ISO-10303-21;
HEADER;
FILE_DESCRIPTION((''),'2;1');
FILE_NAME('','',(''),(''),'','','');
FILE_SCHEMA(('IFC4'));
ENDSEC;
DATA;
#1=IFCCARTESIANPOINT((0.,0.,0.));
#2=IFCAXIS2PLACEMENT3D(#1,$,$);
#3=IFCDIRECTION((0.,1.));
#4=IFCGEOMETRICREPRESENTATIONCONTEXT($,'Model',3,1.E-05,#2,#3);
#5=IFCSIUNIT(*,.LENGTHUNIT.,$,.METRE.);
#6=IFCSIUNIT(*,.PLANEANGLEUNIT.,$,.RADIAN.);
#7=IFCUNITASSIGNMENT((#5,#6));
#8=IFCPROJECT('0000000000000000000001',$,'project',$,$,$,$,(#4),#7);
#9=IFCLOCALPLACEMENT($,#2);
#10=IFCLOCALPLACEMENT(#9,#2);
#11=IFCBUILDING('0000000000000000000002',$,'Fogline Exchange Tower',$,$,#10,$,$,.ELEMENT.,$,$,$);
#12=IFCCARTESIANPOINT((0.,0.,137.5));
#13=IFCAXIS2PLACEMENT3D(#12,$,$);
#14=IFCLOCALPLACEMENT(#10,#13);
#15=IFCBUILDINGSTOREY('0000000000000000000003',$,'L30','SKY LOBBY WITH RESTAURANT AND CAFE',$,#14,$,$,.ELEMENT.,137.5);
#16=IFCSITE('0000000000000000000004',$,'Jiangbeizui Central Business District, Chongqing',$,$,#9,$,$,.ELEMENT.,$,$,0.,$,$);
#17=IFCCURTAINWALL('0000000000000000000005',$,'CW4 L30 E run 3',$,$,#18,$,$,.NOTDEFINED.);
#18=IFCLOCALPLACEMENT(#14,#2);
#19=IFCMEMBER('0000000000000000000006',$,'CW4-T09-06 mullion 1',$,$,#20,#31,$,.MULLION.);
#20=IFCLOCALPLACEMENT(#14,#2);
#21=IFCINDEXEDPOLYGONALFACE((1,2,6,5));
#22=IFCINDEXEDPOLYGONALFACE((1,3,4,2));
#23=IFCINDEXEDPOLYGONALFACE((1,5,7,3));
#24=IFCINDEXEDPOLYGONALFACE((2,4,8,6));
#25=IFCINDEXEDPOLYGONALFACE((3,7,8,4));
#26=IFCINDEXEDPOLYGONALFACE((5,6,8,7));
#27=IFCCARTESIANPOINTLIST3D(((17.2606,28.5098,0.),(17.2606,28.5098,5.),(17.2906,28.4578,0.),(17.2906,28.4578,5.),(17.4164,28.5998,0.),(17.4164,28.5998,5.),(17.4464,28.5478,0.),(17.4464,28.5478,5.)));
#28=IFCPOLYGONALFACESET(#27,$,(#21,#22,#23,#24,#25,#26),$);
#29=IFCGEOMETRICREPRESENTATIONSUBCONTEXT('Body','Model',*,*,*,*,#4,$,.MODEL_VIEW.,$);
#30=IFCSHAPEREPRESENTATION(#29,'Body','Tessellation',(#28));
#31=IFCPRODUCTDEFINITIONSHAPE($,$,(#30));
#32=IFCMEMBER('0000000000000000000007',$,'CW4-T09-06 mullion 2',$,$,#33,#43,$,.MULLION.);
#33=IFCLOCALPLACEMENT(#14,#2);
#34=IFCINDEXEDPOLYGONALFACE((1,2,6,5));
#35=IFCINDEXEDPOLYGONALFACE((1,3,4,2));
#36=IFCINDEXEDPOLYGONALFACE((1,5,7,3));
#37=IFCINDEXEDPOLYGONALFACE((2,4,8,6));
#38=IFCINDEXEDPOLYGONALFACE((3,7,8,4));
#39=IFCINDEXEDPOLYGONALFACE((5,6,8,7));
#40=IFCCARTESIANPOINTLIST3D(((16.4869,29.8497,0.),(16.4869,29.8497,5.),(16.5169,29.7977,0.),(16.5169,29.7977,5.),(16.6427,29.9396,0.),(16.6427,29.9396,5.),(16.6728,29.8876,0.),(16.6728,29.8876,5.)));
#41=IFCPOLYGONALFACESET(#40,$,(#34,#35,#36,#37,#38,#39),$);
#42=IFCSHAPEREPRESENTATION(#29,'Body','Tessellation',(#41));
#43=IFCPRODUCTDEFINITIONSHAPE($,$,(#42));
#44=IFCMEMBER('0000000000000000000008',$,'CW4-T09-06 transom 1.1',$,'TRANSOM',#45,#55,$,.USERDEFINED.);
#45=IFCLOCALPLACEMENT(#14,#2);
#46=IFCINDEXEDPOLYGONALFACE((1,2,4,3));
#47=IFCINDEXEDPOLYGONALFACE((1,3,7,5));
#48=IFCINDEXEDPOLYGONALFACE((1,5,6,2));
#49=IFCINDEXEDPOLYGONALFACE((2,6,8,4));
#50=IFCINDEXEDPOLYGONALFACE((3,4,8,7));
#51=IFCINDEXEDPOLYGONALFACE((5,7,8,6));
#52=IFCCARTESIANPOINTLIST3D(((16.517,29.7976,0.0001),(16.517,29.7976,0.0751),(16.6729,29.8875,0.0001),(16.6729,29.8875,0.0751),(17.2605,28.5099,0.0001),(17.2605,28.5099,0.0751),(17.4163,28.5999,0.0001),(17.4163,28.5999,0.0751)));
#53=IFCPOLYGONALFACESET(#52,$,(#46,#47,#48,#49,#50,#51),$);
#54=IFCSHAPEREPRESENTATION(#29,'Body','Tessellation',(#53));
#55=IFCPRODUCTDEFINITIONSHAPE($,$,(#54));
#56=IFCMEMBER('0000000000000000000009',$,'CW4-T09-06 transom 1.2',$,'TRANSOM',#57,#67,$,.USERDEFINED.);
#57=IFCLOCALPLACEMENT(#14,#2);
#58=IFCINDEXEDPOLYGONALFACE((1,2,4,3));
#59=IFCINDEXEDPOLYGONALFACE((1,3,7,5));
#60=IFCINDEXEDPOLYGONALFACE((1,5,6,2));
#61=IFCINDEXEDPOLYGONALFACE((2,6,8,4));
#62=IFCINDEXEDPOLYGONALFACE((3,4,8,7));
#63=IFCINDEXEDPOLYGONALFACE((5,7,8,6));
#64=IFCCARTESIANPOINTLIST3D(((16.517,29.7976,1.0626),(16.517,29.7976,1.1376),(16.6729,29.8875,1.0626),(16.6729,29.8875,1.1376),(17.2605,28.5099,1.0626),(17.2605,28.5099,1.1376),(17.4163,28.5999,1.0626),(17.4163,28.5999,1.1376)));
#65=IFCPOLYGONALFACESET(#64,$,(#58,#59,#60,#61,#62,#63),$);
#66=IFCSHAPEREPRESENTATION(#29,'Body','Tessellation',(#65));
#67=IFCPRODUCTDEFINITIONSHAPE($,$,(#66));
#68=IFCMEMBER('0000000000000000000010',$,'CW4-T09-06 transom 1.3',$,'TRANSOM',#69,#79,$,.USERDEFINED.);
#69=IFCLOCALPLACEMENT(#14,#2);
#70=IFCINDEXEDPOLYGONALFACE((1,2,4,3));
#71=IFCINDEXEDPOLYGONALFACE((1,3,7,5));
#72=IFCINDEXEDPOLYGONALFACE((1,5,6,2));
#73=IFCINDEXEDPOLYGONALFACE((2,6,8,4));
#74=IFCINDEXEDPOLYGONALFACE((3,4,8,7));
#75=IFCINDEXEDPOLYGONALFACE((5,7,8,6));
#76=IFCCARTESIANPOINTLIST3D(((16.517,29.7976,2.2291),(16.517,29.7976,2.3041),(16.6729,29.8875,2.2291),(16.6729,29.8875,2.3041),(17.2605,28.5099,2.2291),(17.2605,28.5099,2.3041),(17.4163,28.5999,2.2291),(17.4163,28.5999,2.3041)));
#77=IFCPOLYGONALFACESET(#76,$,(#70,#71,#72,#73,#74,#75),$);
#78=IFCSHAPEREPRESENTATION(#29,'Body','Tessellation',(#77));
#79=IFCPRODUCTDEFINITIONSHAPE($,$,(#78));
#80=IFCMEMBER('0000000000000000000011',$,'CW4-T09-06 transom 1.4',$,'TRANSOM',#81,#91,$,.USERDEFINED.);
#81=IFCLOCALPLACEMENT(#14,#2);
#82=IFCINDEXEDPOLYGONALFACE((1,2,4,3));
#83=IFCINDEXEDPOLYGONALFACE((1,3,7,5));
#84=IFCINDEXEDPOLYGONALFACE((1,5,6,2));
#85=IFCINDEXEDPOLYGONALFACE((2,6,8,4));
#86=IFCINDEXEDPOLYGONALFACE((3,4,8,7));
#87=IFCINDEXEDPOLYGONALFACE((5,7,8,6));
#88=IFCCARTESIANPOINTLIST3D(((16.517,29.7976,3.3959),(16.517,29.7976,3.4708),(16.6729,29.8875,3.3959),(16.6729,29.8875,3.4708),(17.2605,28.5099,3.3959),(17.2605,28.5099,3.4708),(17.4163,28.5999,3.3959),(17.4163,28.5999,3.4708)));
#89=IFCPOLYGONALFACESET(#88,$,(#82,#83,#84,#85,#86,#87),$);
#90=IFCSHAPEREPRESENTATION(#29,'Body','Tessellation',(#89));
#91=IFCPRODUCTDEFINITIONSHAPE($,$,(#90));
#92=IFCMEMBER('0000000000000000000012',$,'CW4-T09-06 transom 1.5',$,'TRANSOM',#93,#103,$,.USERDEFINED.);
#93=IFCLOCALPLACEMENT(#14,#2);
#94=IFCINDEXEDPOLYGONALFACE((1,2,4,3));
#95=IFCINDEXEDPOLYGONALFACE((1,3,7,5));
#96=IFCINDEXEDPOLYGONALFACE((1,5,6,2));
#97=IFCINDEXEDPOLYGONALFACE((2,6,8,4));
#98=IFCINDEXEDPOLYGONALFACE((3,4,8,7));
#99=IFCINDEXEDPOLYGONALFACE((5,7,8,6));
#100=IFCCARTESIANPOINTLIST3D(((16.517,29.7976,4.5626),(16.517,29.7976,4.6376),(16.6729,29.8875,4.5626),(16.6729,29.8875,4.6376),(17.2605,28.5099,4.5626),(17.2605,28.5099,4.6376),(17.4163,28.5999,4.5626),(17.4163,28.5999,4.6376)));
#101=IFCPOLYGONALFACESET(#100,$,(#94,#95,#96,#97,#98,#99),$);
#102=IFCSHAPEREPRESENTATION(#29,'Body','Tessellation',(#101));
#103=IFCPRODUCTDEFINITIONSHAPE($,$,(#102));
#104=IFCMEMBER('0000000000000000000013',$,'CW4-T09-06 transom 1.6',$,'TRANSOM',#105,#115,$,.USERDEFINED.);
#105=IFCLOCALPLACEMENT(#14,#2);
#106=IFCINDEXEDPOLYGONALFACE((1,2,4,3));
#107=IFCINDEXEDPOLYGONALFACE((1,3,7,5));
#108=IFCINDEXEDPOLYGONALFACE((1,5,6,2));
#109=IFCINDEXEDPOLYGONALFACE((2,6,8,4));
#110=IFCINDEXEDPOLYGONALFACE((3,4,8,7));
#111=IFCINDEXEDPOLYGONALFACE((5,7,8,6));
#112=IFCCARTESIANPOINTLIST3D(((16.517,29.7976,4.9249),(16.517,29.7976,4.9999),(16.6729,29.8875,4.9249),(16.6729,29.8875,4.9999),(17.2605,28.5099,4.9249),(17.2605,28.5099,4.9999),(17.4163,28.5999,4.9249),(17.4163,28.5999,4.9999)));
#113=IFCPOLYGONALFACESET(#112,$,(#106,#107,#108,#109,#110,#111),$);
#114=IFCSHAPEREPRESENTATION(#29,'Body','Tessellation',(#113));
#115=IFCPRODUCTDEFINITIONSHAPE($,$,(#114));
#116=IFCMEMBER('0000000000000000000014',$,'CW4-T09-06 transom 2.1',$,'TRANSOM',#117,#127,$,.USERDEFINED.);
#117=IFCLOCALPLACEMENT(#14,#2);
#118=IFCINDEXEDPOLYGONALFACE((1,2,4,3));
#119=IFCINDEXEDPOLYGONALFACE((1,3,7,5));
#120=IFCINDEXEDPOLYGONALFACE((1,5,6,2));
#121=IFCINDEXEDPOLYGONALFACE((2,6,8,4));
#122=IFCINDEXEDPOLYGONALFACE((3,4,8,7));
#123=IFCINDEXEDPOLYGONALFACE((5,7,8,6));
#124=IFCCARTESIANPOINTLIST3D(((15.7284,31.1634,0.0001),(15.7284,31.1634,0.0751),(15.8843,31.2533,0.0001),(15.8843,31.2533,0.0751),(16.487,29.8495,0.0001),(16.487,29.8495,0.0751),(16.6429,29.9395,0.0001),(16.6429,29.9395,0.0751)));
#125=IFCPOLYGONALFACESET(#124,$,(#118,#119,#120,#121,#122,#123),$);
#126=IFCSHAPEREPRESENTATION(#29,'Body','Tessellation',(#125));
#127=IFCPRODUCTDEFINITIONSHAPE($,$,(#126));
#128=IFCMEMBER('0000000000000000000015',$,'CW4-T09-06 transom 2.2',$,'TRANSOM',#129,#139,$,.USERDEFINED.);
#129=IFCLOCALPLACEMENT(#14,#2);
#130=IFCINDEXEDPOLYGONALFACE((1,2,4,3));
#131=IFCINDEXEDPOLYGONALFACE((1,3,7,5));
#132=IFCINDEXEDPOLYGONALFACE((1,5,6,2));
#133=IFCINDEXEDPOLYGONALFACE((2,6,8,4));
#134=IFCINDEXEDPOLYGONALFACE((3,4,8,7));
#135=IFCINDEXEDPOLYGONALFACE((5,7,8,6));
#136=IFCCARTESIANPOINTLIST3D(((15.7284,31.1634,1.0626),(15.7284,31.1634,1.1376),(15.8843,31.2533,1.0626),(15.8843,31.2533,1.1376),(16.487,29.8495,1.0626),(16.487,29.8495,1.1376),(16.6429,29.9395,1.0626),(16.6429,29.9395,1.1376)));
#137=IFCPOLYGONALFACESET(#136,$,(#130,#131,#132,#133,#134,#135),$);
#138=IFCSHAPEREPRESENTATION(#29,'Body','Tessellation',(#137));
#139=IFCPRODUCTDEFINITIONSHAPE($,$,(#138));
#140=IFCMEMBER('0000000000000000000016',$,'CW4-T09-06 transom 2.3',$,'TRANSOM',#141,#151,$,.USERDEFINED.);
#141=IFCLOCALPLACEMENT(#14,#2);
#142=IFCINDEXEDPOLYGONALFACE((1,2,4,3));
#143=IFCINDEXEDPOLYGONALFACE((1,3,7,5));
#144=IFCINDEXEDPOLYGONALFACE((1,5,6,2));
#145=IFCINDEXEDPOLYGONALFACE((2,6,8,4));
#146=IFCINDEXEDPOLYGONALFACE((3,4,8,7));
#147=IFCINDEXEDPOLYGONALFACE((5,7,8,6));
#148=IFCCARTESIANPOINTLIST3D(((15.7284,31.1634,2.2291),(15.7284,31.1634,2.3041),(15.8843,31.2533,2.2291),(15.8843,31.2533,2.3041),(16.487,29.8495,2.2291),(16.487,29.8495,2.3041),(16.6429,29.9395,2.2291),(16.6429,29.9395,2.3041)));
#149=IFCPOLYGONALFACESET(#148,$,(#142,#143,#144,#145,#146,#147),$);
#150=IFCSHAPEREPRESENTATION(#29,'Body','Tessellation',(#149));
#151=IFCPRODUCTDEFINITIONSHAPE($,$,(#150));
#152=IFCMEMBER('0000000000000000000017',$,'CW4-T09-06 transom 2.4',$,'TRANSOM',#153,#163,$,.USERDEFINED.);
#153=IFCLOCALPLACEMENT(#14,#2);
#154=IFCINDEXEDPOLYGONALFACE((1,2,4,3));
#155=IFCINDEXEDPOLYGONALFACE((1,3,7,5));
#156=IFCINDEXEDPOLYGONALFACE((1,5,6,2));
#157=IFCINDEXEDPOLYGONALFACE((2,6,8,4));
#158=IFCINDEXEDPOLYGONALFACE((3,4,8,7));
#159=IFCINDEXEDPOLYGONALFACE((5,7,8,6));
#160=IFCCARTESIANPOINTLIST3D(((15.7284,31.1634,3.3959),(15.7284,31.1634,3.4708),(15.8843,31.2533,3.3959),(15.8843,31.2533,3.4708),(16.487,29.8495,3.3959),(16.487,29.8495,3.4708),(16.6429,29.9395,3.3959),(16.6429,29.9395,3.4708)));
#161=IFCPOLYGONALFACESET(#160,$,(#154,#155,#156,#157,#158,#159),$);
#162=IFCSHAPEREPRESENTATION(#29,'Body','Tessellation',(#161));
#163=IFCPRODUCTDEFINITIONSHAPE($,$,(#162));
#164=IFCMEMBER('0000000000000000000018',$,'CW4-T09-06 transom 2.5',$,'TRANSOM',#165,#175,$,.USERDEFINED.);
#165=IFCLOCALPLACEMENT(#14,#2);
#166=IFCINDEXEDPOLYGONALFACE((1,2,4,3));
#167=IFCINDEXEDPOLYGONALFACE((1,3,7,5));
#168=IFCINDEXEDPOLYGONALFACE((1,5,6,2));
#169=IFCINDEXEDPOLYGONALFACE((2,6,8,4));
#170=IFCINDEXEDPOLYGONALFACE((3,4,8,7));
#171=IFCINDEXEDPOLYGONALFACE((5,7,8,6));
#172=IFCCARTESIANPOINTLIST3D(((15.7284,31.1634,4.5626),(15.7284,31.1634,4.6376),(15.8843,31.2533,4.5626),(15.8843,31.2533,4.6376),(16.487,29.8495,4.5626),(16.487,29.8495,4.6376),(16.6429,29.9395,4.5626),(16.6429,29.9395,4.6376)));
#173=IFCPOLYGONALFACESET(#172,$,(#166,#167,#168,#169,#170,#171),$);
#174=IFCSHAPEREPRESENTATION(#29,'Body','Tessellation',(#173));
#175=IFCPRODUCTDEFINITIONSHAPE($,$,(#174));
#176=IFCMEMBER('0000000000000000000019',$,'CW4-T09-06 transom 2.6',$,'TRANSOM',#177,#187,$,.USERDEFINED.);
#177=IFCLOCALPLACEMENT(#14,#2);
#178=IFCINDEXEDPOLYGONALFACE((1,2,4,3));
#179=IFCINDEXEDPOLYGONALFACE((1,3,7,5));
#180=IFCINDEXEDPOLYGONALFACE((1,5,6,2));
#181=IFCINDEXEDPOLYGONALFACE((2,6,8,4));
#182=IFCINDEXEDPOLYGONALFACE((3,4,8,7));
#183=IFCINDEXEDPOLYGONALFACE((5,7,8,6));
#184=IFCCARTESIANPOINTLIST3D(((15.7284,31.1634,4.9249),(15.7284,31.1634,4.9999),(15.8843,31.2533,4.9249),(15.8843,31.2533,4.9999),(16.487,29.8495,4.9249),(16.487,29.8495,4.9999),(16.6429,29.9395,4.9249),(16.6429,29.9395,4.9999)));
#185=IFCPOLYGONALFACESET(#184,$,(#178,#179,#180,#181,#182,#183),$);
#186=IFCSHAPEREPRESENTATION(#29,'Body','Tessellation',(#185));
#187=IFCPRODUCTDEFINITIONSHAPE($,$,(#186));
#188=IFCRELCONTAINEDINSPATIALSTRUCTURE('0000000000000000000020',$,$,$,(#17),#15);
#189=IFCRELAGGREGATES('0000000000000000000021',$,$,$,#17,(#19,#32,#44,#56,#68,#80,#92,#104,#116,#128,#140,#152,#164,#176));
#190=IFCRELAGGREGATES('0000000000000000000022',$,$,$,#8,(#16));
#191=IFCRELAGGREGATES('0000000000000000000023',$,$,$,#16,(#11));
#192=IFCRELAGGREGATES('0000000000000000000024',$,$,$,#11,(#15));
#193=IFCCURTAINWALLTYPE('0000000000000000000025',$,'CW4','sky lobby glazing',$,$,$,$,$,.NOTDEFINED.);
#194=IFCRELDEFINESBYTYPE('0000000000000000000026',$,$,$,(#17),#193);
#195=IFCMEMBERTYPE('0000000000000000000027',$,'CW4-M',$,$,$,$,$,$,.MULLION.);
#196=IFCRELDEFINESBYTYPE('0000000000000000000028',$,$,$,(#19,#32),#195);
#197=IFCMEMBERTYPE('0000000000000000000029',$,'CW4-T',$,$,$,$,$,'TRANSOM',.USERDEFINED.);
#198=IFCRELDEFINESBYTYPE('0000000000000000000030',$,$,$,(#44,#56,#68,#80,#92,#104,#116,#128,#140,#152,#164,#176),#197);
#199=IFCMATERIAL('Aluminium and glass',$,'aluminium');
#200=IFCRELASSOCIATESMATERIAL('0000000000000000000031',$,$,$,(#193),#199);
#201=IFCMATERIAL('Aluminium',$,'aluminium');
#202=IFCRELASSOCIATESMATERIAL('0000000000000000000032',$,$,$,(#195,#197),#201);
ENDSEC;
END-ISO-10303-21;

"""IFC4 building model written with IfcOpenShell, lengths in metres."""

from ifc_helpers import new_model, si_unit, direction, frame, origin, origin_2d, place, context, subcontext, project, spatial, rectangle, extrude, material, material_profile, profile_set, type_object, element, aggregate, save


model = new_model("IFC4")

# Units and contexts
model_context = context("Model", 3, precision=1e-05, world=origin(), true_north=direction((0.0, 1.0)))
body_context = subcontext(model_context, "Body", "Model", "MODEL_VIEW")
ifc_project = project(units=[si_unit("LENGTHUNIT", "METRE"), si_unit("PLANEANGLEUNIT", "RADIAN")], contexts=[model_context])

# Site, building, storey
site_placement = place(None, origin())
site = spatial("IfcSite", under=ifc_project, at=site_placement, Name="Jiangbeizui Central Business District, Chongqing", CompositionType="ELEMENT", RefElevation=0.0)
building_placement = place(site_placement, origin())
building = spatial("IfcBuilding", under=site, at=building_placement, Name="Fogline Exchange Tower", CompositionType="ELEMENT")
storey_placement = place(building_placement, frame((0.0, 0.0, 137.5)))
storey = spatial("IfcBuildingStorey", under=building, at=storey_placement, Name="L30", Description="SKY LOBBY WITH RESTAURANT AND CAFE", CompositionType="ELEMENT", Elevation=137.5)

# Curtain wall, members
ifc_material_1 = material(Name="Aluminium and glass", Category="aluminium")
curtain_wall_type = type_object("IfcCurtainWallType", Name="CW4", Description="sky lobby glazing", PredefinedType="NOTDEFINED", material=ifc_material_1)
curtain_wall_placement = place(storey_placement, origin())
curtain_wall = element("IfcCurtainWall", 1, at=curtain_wall_placement, inside=storey, type_object=curtain_wall_type, Name="CW4 L30 E run 3", PredefinedType="NOTDEFINED")
ifc_material_2 = material(Name="Aluminium", Category="aluminium")
ifc_material_profile_1 = material_profile(ifc_material_2, rectangle(XDim=0.1799, YDim=0.0601, at=origin_2d()), Name="Mullion 60x180")
ifc_profile_set_1 = profile_set([ifc_material_profile_1], Name="Aluminium")
member_type_1 = type_object("IfcMemberType", Name="CW4-M", PredefinedType="MULLION", material=ifc_profile_set_1)
member_1_placement = place(storey_placement, frame((17.3535, 28.5288, 0.0), z_axis=(0.0, 0.0, 1.0), x_axis=(-0.866025, -0.5, 0.0)))
member_1 = element("IfcMember", 2, at=member_1_placement, type_object=member_type_1, Name="CW4-T09-06 mullion 1", PredefinedType="MULLION", context=body_context, shape_type="SweptSolid", body=[
    extrude(rectangle(XDim=0.1799, YDim=0.0601, at=origin_2d()), origin(), (0.0, 0.0, 1.0), 5.0),
])
member_2_placement = place(storey_placement, frame((16.5798, 29.8687, 0.0), z_axis=(0.0, 0.0, 1.0), x_axis=(-0.866025, -0.5, 0.0)))
member_2 = element("IfcMember", 3, at=member_2_placement, type_object=member_type_1, Name="CW4-T09-06 mullion 2", PredefinedType="MULLION", context=body_context, shape_type="SweptSolid", body=[
    extrude(rectangle(XDim=0.1799, YDim=0.0601, at=origin_2d()), origin(), (0.0, 0.0, 1.0), 5.0),
])
ifc_material_profile_2 = material_profile(ifc_material_2, rectangle(XDim=0.1799, YDim=0.075, at=origin_2d()), Name="Transom 75x180")
ifc_profile_set_2 = profile_set([ifc_material_profile_2], Name="Aluminium")
member_type_2 = type_object("IfcMemberType", Name="CW4-T", ElementType="TRANSOM", PredefinedType="USERDEFINED", material=ifc_profile_set_2)
member_3_placement = place(storey_placement, frame((17.3384, 28.5549, 0.0376), z_axis=(-0.500007, 0.866022, 0.0), x_axis=(-0.866022, -0.500007, 0.0)))
member_3 = element("IfcMember", 4, at=member_3_placement, type_object=member_type_2, Name="CW4-T09-06 transom 1.1", ObjectType="TRANSOM", PredefinedType="USERDEFINED", context=body_context, shape_type="SweptSolid", body=[
    extrude(rectangle(XDim=0.1799, YDim=0.075, at=origin_2d()), origin(), (0.0, 0.0, 1.0), 1.4868),
])
member_4_placement = place(storey_placement, frame((17.3384, 28.5549, 1.1001), z_axis=(-0.500007, 0.866022, 0.0), x_axis=(-0.866022, -0.500007, 0.0)))
member_4 = element("IfcMember", 5, at=member_4_placement, type_object=member_type_2, Name="CW4-T09-06 transom 1.2", ObjectType="TRANSOM", PredefinedType="USERDEFINED", context=body_context, shape_type="SweptSolid", body=[
    extrude(rectangle(XDim=0.1799, YDim=0.075, at=origin_2d()), origin(), (0.0, 0.0, 1.0), 1.4868),
])
member_5_placement = place(storey_placement, frame((17.3384, 28.5549, 2.2666), z_axis=(-0.500007, 0.866022, 0.0), x_axis=(-0.866022, -0.500007, 0.0)))
member_5 = element("IfcMember", 6, at=member_5_placement, type_object=member_type_2, Name="CW4-T09-06 transom 1.3", ObjectType="TRANSOM", PredefinedType="USERDEFINED", context=body_context, shape_type="SweptSolid", body=[
    extrude(rectangle(XDim=0.1799, YDim=0.075, at=origin_2d()), origin(), (0.0, 0.0, 1.0), 1.4868),
])
member_6_placement = place(storey_placement, frame((17.3384, 28.5549, 3.4333), z_axis=(-0.500007, 0.866022, 0.0), x_axis=(-0.866022, -0.500007, 0.0)))
member_6 = element("IfcMember", 7, at=member_6_placement, type_object=member_type_2, Name="CW4-T09-06 transom 1.4", ObjectType="TRANSOM", PredefinedType="USERDEFINED", context=body_context, shape_type="SweptSolid", body=[
    extrude(rectangle(XDim=0.1799, YDim=0.075, at=origin_2d()), origin(), (0.0, 0.0, 1.0), 1.4868),
])
member_7_placement = place(storey_placement, frame((17.3384, 28.5549, 4.6001), z_axis=(-0.500007, 0.866022, 0.0), x_axis=(-0.866022, -0.500007, 0.0)))
member_7 = element("IfcMember", 8, at=member_7_placement, type_object=member_type_2, Name="CW4-T09-06 transom 1.5", ObjectType="TRANSOM", PredefinedType="USERDEFINED", context=body_context, shape_type="SweptSolid", body=[
    extrude(rectangle(XDim=0.1799, YDim=0.075, at=origin_2d()), origin(), (0.0, 0.0, 1.0), 1.4868),
])
member_8_placement = place(storey_placement, frame((17.3384, 28.5549, 4.9624), z_axis=(-0.500007, 0.866022, 0.0), x_axis=(-0.866022, -0.500007, 0.0)))
member_8 = element("IfcMember", 9, at=member_8_placement, type_object=member_type_2, Name="CW4-T09-06 transom 1.6", ObjectType="TRANSOM", PredefinedType="USERDEFINED", context=body_context, shape_type="SweptSolid", body=[
    extrude(rectangle(XDim=0.1799, YDim=0.075, at=origin_2d()), origin(), (0.0, 0.0, 1.0), 1.4868),
])
member_9_placement = place(storey_placement, frame((16.5649, 29.8945, 0.0376), z_axis=(-0.500034, 0.866006, 0.0), x_axis=(-0.866006, -0.500034, 0.0)))
member_9 = element("IfcMember", 10, at=member_9_placement, type_object=member_type_2, Name="CW4-T09-06 transom 2.1", ObjectType="TRANSOM", PredefinedType="USERDEFINED", context=body_context, shape_type="SweptSolid", body=[
    extrude(rectangle(XDim=0.1799, YDim=0.075, at=origin_2d()), origin(), (0.0, 0.0, 1.0), 1.5171),
])
member_10_placement = place(storey_placement, frame((16.5649, 29.8945, 1.1001), z_axis=(-0.500034, 0.866006, 0.0), x_axis=(-0.866006, -0.500034, 0.0)))
member_10 = element("IfcMember", 11, at=member_10_placement, type_object=member_type_2, Name="CW4-T09-06 transom 2.2", ObjectType="TRANSOM", PredefinedType="USERDEFINED", context=body_context, shape_type="SweptSolid", body=[
    extrude(rectangle(XDim=0.1799, YDim=0.075, at=origin_2d()), origin(), (0.0, 0.0, 1.0), 1.5171),
])
member_11_placement = place(storey_placement, frame((16.5649, 29.8945, 2.2666), z_axis=(-0.500034, 0.866006, 0.0), x_axis=(-0.866006, -0.500034, 0.0)))
member_11 = element("IfcMember", 12, at=member_11_placement, type_object=member_type_2, Name="CW4-T09-06 transom 2.3", ObjectType="TRANSOM", PredefinedType="USERDEFINED", context=body_context, shape_type="SweptSolid", body=[
    extrude(rectangle(XDim=0.1799, YDim=0.075, at=origin_2d()), origin(), (0.0, 0.0, 1.0), 1.5171),
])
member_12_placement = place(storey_placement, frame((16.5649, 29.8945, 3.4333), z_axis=(-0.500034, 0.866006, 0.0), x_axis=(-0.866006, -0.500034, 0.0)))
member_12 = element("IfcMember", 13, at=member_12_placement, type_object=member_type_2, Name="CW4-T09-06 transom 2.4", ObjectType="TRANSOM", PredefinedType="USERDEFINED", context=body_context, shape_type="SweptSolid", body=[
    extrude(rectangle(XDim=0.1799, YDim=0.075, at=origin_2d()), origin(), (0.0, 0.0, 1.0), 1.5171),
])
member_13_placement = place(storey_placement, frame((16.5649, 29.8945, 4.6001), z_axis=(-0.500034, 0.866006, 0.0), x_axis=(-0.866006, -0.500034, 0.0)))
member_13 = element("IfcMember", 14, at=member_13_placement, type_object=member_type_2, Name="CW4-T09-06 transom 2.5", ObjectType="TRANSOM", PredefinedType="USERDEFINED", context=body_context, shape_type="SweptSolid", body=[
    extrude(rectangle(XDim=0.1799, YDim=0.075, at=origin_2d()), origin(), (0.0, 0.0, 1.0), 1.5171),
])
member_14_placement = place(storey_placement, frame((16.5649, 29.8945, 4.9624), z_axis=(-0.500034, 0.866006, 0.0), x_axis=(-0.866006, -0.500034, 0.0)))
member_14 = element("IfcMember", 15, at=member_14_placement, type_object=member_type_2, Name="CW4-T09-06 transom 2.6", ObjectType="TRANSOM", PredefinedType="USERDEFINED", context=body_context, shape_type="SweptSolid", body=[
    extrude(rectangle(XDim=0.1799, YDim=0.075, at=origin_2d()), origin(), (0.0, 0.0, 1.0), 1.5171),
])
aggregate(curtain_wall, [member_1, member_2, member_3, member_4, member_5, member_6, member_7, member_8, member_9, member_10, member_11, member_12, member_13, member_14])

save(model, "model.ifc")
